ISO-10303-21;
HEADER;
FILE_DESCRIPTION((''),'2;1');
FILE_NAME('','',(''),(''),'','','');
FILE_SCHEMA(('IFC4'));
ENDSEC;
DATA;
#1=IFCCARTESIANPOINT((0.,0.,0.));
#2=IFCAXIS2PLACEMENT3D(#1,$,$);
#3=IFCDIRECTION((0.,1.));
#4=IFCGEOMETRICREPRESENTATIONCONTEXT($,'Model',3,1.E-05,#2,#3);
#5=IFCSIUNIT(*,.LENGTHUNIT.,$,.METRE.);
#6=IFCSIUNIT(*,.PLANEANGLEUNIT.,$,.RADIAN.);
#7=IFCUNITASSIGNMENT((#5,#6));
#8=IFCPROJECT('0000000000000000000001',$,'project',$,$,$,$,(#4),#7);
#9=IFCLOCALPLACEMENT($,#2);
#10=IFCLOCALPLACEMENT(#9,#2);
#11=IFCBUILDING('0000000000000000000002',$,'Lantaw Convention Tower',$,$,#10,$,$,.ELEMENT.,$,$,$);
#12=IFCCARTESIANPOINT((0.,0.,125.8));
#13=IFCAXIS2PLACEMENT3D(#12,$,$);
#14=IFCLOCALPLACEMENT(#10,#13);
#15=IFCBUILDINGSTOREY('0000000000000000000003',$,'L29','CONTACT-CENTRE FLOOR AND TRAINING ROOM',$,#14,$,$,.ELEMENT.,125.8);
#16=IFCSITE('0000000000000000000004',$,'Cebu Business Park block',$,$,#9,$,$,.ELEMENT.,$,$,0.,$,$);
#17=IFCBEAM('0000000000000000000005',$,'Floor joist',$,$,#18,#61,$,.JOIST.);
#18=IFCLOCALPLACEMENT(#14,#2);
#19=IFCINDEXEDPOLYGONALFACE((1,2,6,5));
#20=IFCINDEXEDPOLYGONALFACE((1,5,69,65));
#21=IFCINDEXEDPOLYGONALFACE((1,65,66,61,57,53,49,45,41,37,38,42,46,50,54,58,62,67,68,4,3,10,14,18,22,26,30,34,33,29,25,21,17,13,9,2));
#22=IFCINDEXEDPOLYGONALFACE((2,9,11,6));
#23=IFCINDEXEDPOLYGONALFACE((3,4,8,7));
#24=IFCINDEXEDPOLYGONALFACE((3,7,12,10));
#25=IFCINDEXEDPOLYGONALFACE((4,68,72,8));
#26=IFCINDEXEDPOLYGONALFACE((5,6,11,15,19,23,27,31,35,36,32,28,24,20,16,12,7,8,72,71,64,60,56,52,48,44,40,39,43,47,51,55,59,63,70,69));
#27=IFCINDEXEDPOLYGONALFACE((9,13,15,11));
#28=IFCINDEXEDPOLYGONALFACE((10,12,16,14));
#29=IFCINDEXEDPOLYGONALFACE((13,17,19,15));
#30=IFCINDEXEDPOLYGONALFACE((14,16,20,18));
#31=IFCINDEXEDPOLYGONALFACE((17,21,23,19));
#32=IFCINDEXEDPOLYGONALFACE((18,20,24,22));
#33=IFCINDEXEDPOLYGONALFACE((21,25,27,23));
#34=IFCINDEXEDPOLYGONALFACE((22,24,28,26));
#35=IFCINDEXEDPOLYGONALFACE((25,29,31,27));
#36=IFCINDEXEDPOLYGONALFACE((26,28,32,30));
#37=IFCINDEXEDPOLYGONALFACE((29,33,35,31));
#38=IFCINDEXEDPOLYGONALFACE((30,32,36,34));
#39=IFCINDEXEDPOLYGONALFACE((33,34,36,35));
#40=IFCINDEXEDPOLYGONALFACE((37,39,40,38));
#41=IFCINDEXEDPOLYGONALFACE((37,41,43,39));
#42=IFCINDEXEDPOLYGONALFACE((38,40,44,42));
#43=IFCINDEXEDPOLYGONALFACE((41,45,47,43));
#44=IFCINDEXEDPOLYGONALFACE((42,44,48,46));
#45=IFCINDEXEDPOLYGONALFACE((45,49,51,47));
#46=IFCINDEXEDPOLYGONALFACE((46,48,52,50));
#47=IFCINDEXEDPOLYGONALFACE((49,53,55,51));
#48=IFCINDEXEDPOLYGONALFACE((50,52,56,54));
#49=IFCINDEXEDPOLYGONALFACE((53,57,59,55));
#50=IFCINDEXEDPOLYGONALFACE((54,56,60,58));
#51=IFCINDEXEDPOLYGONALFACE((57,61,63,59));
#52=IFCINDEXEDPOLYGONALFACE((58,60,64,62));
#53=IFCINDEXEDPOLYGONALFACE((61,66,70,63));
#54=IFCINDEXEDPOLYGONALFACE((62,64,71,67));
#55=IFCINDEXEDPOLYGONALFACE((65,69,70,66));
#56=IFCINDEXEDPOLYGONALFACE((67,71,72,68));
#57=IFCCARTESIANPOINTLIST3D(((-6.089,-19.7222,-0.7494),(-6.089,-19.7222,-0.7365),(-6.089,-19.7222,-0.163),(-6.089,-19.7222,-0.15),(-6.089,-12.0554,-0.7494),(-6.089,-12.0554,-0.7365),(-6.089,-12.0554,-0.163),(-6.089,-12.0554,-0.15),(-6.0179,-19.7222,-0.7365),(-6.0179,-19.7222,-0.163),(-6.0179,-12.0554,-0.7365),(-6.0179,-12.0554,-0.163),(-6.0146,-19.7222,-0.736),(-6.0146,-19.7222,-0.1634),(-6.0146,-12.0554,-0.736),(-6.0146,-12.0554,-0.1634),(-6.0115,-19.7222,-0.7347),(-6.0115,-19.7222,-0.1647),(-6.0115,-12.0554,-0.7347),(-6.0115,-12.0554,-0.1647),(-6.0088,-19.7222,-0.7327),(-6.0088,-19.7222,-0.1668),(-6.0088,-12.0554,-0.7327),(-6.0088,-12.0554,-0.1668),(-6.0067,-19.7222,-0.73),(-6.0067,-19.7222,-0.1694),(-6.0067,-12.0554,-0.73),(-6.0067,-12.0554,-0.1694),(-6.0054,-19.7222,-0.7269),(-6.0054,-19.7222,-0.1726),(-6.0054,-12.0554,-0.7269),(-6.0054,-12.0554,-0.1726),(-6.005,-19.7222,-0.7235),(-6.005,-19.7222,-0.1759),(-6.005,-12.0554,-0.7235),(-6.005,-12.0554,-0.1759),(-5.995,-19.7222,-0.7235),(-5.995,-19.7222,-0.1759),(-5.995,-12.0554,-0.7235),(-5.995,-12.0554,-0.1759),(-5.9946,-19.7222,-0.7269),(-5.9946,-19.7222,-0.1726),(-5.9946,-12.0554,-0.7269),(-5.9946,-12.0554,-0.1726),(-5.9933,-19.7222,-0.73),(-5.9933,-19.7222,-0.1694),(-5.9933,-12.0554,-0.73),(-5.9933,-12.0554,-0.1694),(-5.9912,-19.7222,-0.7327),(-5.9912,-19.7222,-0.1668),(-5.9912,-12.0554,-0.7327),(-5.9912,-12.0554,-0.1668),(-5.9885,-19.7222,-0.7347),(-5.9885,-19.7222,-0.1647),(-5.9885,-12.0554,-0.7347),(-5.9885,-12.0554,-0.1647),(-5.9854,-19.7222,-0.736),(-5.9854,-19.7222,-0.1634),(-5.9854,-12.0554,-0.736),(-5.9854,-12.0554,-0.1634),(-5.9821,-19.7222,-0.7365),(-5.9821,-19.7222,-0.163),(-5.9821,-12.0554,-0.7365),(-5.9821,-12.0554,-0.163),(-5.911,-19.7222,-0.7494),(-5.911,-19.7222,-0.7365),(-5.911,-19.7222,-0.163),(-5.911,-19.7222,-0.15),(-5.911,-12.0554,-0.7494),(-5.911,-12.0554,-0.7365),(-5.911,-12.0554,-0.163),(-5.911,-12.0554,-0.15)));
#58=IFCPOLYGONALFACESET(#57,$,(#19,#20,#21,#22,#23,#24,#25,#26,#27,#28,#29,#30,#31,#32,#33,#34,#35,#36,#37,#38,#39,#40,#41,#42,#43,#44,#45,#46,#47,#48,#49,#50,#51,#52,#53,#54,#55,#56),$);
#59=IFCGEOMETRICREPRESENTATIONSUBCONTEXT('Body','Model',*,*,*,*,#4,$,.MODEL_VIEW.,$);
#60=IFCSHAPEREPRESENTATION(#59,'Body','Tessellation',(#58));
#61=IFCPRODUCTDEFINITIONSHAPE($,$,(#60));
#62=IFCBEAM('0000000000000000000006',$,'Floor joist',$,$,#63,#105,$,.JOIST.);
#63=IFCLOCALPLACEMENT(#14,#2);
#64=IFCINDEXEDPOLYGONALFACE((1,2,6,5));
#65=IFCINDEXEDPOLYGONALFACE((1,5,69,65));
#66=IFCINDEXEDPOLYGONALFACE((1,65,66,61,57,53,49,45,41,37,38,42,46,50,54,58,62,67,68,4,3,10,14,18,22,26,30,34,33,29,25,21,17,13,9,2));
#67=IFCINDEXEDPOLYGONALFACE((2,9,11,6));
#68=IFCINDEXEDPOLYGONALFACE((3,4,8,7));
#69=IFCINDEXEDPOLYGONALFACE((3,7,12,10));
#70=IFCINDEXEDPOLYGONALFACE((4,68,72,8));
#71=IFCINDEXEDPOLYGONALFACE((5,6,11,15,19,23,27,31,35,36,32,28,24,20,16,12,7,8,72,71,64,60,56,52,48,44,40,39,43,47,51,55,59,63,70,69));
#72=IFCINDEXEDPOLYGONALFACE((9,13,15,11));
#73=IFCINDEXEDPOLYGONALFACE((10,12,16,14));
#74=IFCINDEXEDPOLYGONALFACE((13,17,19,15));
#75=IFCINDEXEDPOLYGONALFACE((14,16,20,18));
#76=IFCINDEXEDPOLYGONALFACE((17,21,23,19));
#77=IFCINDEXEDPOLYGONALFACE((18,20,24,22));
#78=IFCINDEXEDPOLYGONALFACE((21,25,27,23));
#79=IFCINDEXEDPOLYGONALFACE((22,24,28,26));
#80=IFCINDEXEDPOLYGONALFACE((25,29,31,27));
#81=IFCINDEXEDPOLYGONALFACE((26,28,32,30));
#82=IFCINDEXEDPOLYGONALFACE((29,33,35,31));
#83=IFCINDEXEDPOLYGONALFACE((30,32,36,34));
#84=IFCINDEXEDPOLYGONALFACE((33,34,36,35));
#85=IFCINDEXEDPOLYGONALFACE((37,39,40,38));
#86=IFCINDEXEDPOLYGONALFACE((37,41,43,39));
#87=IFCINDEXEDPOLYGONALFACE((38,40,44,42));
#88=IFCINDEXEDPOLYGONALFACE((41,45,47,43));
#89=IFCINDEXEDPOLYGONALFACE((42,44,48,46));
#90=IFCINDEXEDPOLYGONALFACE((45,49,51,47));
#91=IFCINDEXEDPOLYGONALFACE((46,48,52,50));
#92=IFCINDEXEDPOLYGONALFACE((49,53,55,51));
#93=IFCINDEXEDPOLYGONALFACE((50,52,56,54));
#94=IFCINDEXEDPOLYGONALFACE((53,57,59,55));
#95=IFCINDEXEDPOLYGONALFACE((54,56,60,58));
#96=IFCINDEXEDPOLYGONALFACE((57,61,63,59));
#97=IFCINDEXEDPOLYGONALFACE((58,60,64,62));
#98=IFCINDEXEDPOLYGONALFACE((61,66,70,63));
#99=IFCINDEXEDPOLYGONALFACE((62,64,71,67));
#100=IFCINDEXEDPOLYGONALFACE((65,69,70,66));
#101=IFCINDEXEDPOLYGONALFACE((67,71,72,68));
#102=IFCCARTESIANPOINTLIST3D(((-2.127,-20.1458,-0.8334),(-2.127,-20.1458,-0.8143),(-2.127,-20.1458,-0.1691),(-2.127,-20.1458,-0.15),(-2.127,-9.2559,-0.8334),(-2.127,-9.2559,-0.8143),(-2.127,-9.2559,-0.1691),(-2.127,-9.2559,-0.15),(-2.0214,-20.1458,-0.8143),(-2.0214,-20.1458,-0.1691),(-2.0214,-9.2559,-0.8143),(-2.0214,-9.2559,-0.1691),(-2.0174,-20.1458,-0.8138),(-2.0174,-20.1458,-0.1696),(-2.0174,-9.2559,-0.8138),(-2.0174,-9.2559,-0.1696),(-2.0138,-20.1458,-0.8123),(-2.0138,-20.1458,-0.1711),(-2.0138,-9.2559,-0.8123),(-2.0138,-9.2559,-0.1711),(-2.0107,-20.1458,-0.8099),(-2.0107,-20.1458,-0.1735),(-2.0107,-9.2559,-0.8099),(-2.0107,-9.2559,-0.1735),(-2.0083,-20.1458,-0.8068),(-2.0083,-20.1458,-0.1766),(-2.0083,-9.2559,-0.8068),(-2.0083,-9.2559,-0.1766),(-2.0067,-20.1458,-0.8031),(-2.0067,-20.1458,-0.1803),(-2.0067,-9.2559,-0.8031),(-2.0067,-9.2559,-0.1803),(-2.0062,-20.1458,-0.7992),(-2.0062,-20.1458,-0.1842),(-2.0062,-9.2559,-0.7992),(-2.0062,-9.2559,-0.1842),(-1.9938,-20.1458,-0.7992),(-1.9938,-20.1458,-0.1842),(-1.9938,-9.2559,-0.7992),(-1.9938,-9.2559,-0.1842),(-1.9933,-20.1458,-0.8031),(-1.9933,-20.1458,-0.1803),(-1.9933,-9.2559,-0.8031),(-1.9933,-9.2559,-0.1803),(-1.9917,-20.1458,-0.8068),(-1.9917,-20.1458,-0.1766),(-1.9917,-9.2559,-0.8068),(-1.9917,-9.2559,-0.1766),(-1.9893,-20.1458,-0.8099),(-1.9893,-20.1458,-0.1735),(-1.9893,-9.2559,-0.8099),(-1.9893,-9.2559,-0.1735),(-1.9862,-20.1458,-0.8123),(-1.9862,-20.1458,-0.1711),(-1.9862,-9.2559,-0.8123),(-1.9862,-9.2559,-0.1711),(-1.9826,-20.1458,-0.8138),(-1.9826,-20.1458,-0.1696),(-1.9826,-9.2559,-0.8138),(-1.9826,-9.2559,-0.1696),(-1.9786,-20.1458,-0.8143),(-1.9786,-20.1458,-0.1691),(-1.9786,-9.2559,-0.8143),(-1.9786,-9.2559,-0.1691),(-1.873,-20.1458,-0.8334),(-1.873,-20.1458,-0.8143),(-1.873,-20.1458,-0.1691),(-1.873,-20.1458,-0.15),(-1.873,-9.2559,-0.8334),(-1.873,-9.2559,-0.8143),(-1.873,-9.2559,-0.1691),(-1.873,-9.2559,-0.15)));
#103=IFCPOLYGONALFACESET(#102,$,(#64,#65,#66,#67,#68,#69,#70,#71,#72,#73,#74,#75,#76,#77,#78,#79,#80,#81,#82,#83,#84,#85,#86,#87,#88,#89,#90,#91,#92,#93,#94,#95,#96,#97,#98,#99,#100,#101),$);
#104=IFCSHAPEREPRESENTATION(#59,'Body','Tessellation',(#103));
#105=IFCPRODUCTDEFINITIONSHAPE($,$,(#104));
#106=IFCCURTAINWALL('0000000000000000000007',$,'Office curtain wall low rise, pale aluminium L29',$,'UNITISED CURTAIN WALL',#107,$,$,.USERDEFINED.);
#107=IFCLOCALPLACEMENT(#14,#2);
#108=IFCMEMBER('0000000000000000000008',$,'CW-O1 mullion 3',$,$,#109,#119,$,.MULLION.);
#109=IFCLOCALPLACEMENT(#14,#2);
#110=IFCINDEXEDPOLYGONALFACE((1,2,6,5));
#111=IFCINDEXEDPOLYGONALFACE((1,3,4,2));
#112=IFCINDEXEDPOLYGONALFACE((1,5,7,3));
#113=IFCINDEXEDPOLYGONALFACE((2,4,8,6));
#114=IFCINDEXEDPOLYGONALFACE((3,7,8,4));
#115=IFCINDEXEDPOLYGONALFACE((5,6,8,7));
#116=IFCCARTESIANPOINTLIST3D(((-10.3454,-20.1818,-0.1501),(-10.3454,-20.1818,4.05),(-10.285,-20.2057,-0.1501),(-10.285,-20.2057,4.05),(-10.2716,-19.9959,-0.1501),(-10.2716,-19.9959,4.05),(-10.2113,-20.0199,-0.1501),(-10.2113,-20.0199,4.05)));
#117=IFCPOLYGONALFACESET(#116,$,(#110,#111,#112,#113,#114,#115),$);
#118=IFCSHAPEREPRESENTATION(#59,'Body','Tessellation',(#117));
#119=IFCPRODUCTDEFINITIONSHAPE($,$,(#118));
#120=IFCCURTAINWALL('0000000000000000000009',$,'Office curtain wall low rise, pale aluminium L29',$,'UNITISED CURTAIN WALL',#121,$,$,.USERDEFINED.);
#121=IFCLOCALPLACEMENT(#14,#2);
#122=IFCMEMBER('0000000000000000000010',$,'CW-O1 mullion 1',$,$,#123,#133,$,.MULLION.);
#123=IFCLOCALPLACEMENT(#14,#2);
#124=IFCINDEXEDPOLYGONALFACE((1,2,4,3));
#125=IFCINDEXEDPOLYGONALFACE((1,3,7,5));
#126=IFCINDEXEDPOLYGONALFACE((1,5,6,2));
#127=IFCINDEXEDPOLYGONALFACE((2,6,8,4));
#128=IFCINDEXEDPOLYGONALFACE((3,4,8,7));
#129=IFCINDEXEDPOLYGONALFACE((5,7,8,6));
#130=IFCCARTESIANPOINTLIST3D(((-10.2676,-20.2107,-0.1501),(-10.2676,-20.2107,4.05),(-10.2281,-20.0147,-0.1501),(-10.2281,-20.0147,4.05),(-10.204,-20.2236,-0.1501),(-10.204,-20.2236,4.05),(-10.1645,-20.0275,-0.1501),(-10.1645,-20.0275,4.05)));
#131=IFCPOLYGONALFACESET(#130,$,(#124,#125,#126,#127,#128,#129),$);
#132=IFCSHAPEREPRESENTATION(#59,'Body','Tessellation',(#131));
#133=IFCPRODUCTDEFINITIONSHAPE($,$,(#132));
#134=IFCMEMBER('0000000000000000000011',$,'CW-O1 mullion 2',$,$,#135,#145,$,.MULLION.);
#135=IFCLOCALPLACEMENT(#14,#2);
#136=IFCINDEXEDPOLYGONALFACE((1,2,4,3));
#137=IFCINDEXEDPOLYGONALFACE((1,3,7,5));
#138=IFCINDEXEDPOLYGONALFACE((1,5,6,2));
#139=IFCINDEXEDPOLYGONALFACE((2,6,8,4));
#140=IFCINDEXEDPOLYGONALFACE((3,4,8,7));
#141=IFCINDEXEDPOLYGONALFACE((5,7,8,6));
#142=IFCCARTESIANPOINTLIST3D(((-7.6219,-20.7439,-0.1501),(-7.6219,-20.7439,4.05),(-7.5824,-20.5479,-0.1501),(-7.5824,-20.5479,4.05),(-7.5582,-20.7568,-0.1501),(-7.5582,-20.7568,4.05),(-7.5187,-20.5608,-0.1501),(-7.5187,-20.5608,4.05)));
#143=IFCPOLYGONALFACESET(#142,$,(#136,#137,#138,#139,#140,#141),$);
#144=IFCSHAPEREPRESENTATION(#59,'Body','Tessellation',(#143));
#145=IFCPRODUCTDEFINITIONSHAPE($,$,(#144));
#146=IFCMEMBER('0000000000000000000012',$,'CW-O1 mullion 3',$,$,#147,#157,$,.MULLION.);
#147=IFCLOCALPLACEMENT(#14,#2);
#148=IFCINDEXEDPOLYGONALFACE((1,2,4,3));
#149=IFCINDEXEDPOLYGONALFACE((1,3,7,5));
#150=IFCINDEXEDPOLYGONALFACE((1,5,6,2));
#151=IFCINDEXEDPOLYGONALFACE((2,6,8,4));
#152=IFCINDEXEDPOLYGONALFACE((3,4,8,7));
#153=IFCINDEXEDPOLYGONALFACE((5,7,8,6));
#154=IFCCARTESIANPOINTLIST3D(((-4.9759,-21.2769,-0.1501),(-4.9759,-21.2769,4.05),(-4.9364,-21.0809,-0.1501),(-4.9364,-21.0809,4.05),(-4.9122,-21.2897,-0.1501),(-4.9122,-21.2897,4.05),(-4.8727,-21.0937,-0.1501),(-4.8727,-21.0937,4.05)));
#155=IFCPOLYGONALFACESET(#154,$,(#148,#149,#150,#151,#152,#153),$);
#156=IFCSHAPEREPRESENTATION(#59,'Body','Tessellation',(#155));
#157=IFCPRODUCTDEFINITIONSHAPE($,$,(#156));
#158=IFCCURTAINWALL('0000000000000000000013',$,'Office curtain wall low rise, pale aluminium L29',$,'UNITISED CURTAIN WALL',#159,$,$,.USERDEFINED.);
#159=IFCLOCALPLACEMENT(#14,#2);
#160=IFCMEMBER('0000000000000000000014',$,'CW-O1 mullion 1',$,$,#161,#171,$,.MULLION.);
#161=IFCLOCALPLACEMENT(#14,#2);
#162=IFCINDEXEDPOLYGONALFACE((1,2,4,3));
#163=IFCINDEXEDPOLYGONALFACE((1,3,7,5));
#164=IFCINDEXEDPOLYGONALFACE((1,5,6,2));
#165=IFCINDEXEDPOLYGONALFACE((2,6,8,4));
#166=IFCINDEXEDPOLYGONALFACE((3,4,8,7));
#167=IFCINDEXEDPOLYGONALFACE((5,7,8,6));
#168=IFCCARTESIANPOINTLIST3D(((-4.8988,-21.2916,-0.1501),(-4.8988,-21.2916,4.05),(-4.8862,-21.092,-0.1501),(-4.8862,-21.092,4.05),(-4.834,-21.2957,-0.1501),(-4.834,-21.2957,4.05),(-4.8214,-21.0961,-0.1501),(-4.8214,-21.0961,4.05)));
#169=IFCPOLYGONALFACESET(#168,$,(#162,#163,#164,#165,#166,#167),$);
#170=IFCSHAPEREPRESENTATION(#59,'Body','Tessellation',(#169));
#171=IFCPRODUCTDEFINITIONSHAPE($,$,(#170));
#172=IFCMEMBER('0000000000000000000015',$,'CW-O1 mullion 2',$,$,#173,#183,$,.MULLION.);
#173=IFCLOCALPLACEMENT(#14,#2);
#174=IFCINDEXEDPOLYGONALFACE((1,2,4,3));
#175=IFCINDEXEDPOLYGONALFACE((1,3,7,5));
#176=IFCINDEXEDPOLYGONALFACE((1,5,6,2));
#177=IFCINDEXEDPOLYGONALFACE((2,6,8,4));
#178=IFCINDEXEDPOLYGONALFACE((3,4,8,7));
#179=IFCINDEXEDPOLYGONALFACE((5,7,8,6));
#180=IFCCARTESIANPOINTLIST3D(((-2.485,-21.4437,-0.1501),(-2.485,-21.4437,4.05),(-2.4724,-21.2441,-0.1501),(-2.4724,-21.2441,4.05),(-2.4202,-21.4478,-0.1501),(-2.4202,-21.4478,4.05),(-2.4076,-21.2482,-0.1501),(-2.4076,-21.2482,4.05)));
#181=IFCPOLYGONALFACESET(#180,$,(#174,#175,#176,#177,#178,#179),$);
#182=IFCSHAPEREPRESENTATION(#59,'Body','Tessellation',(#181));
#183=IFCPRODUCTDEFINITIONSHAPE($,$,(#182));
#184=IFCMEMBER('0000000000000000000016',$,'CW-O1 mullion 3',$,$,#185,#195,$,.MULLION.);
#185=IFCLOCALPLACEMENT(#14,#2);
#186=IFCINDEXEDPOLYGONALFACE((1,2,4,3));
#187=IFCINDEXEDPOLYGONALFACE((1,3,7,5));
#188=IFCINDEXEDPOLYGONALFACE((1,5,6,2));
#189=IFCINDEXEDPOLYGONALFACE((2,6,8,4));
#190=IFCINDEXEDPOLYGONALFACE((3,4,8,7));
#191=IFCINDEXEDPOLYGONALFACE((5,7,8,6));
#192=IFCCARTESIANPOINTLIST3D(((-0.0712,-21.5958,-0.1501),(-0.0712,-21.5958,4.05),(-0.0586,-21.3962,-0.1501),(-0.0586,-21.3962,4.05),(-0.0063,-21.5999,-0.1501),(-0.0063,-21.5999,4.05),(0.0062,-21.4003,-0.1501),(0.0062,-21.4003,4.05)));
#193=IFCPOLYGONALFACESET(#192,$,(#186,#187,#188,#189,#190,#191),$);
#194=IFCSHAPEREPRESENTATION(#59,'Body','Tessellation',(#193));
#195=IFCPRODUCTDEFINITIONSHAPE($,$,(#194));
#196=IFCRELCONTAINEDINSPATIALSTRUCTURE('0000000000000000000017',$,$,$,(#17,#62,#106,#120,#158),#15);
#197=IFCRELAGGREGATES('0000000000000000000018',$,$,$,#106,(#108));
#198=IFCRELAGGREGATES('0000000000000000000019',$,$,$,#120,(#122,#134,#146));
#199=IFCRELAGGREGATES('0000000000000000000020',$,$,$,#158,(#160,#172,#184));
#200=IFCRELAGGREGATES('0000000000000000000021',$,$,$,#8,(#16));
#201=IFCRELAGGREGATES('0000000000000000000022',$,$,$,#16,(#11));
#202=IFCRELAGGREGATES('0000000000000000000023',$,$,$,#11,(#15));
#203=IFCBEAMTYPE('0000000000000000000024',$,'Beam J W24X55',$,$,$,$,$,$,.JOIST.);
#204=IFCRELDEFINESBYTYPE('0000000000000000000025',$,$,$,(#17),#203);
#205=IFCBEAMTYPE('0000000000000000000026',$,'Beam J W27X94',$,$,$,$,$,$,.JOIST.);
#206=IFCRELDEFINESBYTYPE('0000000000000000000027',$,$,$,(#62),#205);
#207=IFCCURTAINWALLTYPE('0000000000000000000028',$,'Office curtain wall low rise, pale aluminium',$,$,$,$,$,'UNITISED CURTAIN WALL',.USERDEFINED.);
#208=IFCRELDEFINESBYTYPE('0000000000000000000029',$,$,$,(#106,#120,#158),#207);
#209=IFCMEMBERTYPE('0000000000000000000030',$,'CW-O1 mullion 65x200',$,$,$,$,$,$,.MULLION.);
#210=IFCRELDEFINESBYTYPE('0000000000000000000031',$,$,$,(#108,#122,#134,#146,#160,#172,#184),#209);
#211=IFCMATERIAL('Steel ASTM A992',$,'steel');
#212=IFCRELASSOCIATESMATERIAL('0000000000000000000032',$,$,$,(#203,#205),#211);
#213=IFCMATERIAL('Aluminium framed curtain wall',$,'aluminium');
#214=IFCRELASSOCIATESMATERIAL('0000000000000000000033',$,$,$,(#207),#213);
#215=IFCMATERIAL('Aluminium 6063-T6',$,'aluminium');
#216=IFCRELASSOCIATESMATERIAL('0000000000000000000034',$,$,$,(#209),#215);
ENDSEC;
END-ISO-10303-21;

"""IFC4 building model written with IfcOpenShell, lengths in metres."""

from ifc_helpers import new_model, si_unit, direction, frame, origin, origin_2d, place, context, subcontext, project, spatial, rectangle, i_section, extrude, material, material_profile, profile_set, type_object, element, aggregate, save


model = new_model("IFC4")

# Units and contexts
model_context = context("Model", 3, precision=1e-05, world=origin(), true_north=direction((0.0, 1.0)))
body_context = subcontext(model_context, "Body", "Model", "MODEL_VIEW")
ifc_project = project(units=[si_unit("LENGTHUNIT", "METRE"), si_unit("PLANEANGLEUNIT", "RADIAN")], contexts=[model_context])

# Site, building, storey
site_placement = place(None, origin())
site = spatial("IfcSite", under=ifc_project, at=site_placement, Name="Cebu Business Park block", CompositionType="ELEMENT", RefElevation=0.0)
building_placement = place(site_placement, origin())
building = spatial("IfcBuilding", under=site, at=building_placement, Name="Lantaw Convention Tower", CompositionType="ELEMENT")
storey_placement = place(building_placement, frame((0.0, 0.0, 125.8)))
storey = spatial("IfcBuildingStorey", under=building, at=storey_placement, Name="L29", Description="CONTACT-CENTRE FLOOR AND TRAINING ROOM", CompositionType="ELEMENT", Elevation=125.8)

# Beams
ifc_material_1 = material(Name="Steel ASTM A992", Category="steel")
ifc_material_profile_1 = material_profile(ifc_material_1, i_section(OverallWidth=0.178, OverallDepth=0.5994, WebThickness=0.01, FlangeThickness=0.0129, FilletRadius=0.0129, at=origin_2d()), Name="W24X55")
ifc_profile_set_1 = profile_set([ifc_material_profile_1], Name="Steel ASTM A992")
beam_type_1 = type_object("IfcBeamType", Name="Beam J W24X55", PredefinedType="JOIST", material=ifc_profile_set_1)
beam_1_placement = place(storey_placement, frame((-6.0, -19.7222, -0.4497), z_axis=(0.0, 1.0, 0.0), x_axis=(-1.0, 0.0, 0.0)))
element("IfcBeam", 1, at=beam_1_placement, inside=storey, type_object=beam_type_1, Name="Floor joist", PredefinedType="JOIST", context=body_context, shape_type="SweptSolid", body=[
    extrude(i_section(OverallWidth=0.178, OverallDepth=0.5994, WebThickness=0.01, FlangeThickness=0.0129, FilletRadius=0.0129, at=origin_2d()), origin(), (0.0, 0.0, 1.0), 7.6667),
])
ifc_material_profile_2 = material_profile(ifc_material_1, i_section(OverallWidth=0.2539, OverallDepth=0.6833, WebThickness=0.0125, FlangeThickness=0.019, FilletRadius=0.0151, at=origin_2d()), Name="W27X94")
ifc_profile_set_2 = profile_set([ifc_material_profile_2], Name="Steel ASTM A992")
beam_type_2 = type_object("IfcBeamType", Name="Beam J W27X94", PredefinedType="JOIST", material=ifc_profile_set_2)
beam_2_placement = place(storey_placement, frame((-2.0, -20.1458, -0.4917), z_axis=(0.0, 1.0, 0.0), x_axis=(-1.0, 0.0, 0.0)))
element("IfcBeam", 2, at=beam_2_placement, inside=storey, type_object=beam_type_2, Name="Floor joist", PredefinedType="JOIST", context=body_context, shape_type="SweptSolid", body=[
    extrude(i_section(OverallWidth=0.2539, OverallDepth=0.6833, WebThickness=0.0125, FlangeThickness=0.019, FilletRadius=0.0151, at=origin_2d()), origin(), (0.0, 0.0, 1.0), 10.8899),
])

# Curtain wall, member
ifc_material_2 = material(Name="Aluminium framed curtain wall", Category="aluminium")
curtain_wall_type = type_object("IfcCurtainWallType", Name="Office curtain wall low rise, pale aluminium", ElementType="UNITISED CURTAIN WALL", PredefinedType="USERDEFINED", material=ifc_material_2)
curtain_wall_1_placement = place(storey_placement, origin())
curtain_wall_1 = element("IfcCurtainWall", 3, at=curtain_wall_1_placement, inside=storey, type_object=curtain_wall_type, Name="Office curtain wall low rise, pale aluminium L29", ObjectType="UNITISED CURTAIN WALL", PredefinedType="USERDEFINED")
ifc_material_3 = material(Name="Aluminium 6063-T6", Category="aluminium")
ifc_material_profile_3 = material_profile(ifc_material_3, rectangle(XDim=0.2, YDim=0.0649, at=origin_2d()), Name="CW-O1 mullion 65x200")
ifc_profile_set_3 = profile_set([ifc_material_profile_3], Name="Aluminium 6063-T6")
member_type_1 = type_object("IfcMemberType", Name="CW-O1 mullion 65x200", PredefinedType="MULLION", material=ifc_profile_set_3)
member_1_placement = place(storey_placement, frame((-10.2783, -20.1008, -0.1501), z_axis=(0.0, 0.0, 1.0), x_axis=(0.368702, 0.929548, 0.0)))
member_1 = element("IfcMember", 4, at=member_1_placement, type_object=member_type_1, Name="CW-O1 mullion 3", PredefinedType="MULLION", context=body_context, shape_type="SweptSolid", body=[
    extrude(rectangle(XDim=0.2, YDim=0.0649, at=origin_2d()), origin(), (0.0, 0.0, 1.0), 4.2002),
])

# Curtain walls, members
curtain_wall_2_placement = place(storey_placement, origin())
curtain_wall_2 = element("IfcCurtainWall", 5, at=curtain_wall_2_placement, inside=storey, type_object=curtain_wall_type, Name="Office curtain wall low rise, pale aluminium L29", ObjectType="UNITISED CURTAIN WALL", PredefinedType="USERDEFINED")
member_2_placement = place(storey_placement, frame((-10.2161, -20.1191, -0.1501), z_axis=(0.0, 0.0, 1.0), x_axis=(0.197507, 0.980302, 0.0)))
member_2 = element("IfcMember", 6, at=member_2_placement, type_object=member_type_1, Name="CW-O1 mullion 1", PredefinedType="MULLION", context=body_context, shape_type="SweptSolid", body=[
    extrude(rectangle(XDim=0.2, YDim=0.0649, at=origin_2d()), origin(), (0.0, 0.0, 1.0), 4.2002),
])
member_3_placement = place(storey_placement, frame((-7.5703, -20.6523, -0.1501), z_axis=(0.0, 0.0, 1.0), x_axis=(0.197507, 0.980302, 0.0)))
member_3 = element("IfcMember", 7, at=member_3_placement, type_object=member_type_1, Name="CW-O1 mullion 2", PredefinedType="MULLION", context=body_context, shape_type="SweptSolid", body=[
    extrude(rectangle(XDim=0.2, YDim=0.0649, at=origin_2d()), origin(), (0.0, 0.0, 1.0), 4.2002),
])
member_4_placement = place(storey_placement, frame((-4.9243, -21.1853, -0.1501), z_axis=(0.0, 0.0, 1.0), x_axis=(0.197507, 0.980302, 0.0)))
member_4 = element("IfcMember", 8, at=member_4_placement, type_object=member_type_1, Name="CW-O1 mullion 3", PredefinedType="MULLION", context=body_context, shape_type="SweptSolid", body=[
    extrude(rectangle(XDim=0.2, YDim=0.0649, at=origin_2d()), origin(), (0.0, 0.0, 1.0), 4.2002),
])
curtain_wall_3_placement = place(storey_placement, origin())
curtain_wall_3 = element("IfcCurtainWall", 9, at=curtain_wall_3_placement, inside=storey, type_object=curtain_wall_type, Name="Office curtain wall low rise, pale aluminium L29", ObjectType="UNITISED CURTAIN WALL", PredefinedType="USERDEFINED")
member_5_placement = place(storey_placement, frame((-4.8601, -21.1938, -0.1501), z_axis=(0.0, 0.0, 1.0), x_axis=(0.062865, 0.998022, 0.0)))
member_5 = element("IfcMember", 10, at=member_5_placement, type_object=member_type_1, Name="CW-O1 mullion 1", PredefinedType="MULLION", context=body_context, shape_type="SweptSolid", body=[
    extrude(rectangle(XDim=0.2, YDim=0.0649, at=origin_2d()), origin(), (0.0, 0.0, 1.0), 4.2002),
])
member_6_placement = place(storey_placement, frame((-2.4463, -21.3459, -0.1501), z_axis=(0.0, 0.0, 1.0), x_axis=(0.062865, 0.998022, 0.0)))
member_6 = element("IfcMember", 11, at=member_6_placement, type_object=member_type_1, Name="CW-O1 mullion 2", PredefinedType="MULLION", context=body_context, shape_type="SweptSolid", body=[
    extrude(rectangle(XDim=0.2, YDim=0.0649, at=origin_2d()), origin(), (0.0, 0.0, 1.0), 4.2002),
])
member_7_placement = place(storey_placement, frame((-0.0325, -21.498, -0.1501), z_axis=(0.0, 0.0, 1.0), x_axis=(0.062865, 0.998022, 0.0)))
member_7 = element("IfcMember", 12, at=member_7_placement, type_object=member_type_1, Name="CW-O1 mullion 3", PredefinedType="MULLION", context=body_context, shape_type="SweptSolid", body=[
    extrude(rectangle(XDim=0.2, YDim=0.0649, at=origin_2d()), origin(), (0.0, 0.0, 1.0), 4.2002),
])

aggregate(curtain_wall_1, [member_1])
aggregate(curtain_wall_2, [member_2, member_3, member_4])
aggregate(curtain_wall_3, [member_5, member_6, member_7])

save(model, "model.ifc")
